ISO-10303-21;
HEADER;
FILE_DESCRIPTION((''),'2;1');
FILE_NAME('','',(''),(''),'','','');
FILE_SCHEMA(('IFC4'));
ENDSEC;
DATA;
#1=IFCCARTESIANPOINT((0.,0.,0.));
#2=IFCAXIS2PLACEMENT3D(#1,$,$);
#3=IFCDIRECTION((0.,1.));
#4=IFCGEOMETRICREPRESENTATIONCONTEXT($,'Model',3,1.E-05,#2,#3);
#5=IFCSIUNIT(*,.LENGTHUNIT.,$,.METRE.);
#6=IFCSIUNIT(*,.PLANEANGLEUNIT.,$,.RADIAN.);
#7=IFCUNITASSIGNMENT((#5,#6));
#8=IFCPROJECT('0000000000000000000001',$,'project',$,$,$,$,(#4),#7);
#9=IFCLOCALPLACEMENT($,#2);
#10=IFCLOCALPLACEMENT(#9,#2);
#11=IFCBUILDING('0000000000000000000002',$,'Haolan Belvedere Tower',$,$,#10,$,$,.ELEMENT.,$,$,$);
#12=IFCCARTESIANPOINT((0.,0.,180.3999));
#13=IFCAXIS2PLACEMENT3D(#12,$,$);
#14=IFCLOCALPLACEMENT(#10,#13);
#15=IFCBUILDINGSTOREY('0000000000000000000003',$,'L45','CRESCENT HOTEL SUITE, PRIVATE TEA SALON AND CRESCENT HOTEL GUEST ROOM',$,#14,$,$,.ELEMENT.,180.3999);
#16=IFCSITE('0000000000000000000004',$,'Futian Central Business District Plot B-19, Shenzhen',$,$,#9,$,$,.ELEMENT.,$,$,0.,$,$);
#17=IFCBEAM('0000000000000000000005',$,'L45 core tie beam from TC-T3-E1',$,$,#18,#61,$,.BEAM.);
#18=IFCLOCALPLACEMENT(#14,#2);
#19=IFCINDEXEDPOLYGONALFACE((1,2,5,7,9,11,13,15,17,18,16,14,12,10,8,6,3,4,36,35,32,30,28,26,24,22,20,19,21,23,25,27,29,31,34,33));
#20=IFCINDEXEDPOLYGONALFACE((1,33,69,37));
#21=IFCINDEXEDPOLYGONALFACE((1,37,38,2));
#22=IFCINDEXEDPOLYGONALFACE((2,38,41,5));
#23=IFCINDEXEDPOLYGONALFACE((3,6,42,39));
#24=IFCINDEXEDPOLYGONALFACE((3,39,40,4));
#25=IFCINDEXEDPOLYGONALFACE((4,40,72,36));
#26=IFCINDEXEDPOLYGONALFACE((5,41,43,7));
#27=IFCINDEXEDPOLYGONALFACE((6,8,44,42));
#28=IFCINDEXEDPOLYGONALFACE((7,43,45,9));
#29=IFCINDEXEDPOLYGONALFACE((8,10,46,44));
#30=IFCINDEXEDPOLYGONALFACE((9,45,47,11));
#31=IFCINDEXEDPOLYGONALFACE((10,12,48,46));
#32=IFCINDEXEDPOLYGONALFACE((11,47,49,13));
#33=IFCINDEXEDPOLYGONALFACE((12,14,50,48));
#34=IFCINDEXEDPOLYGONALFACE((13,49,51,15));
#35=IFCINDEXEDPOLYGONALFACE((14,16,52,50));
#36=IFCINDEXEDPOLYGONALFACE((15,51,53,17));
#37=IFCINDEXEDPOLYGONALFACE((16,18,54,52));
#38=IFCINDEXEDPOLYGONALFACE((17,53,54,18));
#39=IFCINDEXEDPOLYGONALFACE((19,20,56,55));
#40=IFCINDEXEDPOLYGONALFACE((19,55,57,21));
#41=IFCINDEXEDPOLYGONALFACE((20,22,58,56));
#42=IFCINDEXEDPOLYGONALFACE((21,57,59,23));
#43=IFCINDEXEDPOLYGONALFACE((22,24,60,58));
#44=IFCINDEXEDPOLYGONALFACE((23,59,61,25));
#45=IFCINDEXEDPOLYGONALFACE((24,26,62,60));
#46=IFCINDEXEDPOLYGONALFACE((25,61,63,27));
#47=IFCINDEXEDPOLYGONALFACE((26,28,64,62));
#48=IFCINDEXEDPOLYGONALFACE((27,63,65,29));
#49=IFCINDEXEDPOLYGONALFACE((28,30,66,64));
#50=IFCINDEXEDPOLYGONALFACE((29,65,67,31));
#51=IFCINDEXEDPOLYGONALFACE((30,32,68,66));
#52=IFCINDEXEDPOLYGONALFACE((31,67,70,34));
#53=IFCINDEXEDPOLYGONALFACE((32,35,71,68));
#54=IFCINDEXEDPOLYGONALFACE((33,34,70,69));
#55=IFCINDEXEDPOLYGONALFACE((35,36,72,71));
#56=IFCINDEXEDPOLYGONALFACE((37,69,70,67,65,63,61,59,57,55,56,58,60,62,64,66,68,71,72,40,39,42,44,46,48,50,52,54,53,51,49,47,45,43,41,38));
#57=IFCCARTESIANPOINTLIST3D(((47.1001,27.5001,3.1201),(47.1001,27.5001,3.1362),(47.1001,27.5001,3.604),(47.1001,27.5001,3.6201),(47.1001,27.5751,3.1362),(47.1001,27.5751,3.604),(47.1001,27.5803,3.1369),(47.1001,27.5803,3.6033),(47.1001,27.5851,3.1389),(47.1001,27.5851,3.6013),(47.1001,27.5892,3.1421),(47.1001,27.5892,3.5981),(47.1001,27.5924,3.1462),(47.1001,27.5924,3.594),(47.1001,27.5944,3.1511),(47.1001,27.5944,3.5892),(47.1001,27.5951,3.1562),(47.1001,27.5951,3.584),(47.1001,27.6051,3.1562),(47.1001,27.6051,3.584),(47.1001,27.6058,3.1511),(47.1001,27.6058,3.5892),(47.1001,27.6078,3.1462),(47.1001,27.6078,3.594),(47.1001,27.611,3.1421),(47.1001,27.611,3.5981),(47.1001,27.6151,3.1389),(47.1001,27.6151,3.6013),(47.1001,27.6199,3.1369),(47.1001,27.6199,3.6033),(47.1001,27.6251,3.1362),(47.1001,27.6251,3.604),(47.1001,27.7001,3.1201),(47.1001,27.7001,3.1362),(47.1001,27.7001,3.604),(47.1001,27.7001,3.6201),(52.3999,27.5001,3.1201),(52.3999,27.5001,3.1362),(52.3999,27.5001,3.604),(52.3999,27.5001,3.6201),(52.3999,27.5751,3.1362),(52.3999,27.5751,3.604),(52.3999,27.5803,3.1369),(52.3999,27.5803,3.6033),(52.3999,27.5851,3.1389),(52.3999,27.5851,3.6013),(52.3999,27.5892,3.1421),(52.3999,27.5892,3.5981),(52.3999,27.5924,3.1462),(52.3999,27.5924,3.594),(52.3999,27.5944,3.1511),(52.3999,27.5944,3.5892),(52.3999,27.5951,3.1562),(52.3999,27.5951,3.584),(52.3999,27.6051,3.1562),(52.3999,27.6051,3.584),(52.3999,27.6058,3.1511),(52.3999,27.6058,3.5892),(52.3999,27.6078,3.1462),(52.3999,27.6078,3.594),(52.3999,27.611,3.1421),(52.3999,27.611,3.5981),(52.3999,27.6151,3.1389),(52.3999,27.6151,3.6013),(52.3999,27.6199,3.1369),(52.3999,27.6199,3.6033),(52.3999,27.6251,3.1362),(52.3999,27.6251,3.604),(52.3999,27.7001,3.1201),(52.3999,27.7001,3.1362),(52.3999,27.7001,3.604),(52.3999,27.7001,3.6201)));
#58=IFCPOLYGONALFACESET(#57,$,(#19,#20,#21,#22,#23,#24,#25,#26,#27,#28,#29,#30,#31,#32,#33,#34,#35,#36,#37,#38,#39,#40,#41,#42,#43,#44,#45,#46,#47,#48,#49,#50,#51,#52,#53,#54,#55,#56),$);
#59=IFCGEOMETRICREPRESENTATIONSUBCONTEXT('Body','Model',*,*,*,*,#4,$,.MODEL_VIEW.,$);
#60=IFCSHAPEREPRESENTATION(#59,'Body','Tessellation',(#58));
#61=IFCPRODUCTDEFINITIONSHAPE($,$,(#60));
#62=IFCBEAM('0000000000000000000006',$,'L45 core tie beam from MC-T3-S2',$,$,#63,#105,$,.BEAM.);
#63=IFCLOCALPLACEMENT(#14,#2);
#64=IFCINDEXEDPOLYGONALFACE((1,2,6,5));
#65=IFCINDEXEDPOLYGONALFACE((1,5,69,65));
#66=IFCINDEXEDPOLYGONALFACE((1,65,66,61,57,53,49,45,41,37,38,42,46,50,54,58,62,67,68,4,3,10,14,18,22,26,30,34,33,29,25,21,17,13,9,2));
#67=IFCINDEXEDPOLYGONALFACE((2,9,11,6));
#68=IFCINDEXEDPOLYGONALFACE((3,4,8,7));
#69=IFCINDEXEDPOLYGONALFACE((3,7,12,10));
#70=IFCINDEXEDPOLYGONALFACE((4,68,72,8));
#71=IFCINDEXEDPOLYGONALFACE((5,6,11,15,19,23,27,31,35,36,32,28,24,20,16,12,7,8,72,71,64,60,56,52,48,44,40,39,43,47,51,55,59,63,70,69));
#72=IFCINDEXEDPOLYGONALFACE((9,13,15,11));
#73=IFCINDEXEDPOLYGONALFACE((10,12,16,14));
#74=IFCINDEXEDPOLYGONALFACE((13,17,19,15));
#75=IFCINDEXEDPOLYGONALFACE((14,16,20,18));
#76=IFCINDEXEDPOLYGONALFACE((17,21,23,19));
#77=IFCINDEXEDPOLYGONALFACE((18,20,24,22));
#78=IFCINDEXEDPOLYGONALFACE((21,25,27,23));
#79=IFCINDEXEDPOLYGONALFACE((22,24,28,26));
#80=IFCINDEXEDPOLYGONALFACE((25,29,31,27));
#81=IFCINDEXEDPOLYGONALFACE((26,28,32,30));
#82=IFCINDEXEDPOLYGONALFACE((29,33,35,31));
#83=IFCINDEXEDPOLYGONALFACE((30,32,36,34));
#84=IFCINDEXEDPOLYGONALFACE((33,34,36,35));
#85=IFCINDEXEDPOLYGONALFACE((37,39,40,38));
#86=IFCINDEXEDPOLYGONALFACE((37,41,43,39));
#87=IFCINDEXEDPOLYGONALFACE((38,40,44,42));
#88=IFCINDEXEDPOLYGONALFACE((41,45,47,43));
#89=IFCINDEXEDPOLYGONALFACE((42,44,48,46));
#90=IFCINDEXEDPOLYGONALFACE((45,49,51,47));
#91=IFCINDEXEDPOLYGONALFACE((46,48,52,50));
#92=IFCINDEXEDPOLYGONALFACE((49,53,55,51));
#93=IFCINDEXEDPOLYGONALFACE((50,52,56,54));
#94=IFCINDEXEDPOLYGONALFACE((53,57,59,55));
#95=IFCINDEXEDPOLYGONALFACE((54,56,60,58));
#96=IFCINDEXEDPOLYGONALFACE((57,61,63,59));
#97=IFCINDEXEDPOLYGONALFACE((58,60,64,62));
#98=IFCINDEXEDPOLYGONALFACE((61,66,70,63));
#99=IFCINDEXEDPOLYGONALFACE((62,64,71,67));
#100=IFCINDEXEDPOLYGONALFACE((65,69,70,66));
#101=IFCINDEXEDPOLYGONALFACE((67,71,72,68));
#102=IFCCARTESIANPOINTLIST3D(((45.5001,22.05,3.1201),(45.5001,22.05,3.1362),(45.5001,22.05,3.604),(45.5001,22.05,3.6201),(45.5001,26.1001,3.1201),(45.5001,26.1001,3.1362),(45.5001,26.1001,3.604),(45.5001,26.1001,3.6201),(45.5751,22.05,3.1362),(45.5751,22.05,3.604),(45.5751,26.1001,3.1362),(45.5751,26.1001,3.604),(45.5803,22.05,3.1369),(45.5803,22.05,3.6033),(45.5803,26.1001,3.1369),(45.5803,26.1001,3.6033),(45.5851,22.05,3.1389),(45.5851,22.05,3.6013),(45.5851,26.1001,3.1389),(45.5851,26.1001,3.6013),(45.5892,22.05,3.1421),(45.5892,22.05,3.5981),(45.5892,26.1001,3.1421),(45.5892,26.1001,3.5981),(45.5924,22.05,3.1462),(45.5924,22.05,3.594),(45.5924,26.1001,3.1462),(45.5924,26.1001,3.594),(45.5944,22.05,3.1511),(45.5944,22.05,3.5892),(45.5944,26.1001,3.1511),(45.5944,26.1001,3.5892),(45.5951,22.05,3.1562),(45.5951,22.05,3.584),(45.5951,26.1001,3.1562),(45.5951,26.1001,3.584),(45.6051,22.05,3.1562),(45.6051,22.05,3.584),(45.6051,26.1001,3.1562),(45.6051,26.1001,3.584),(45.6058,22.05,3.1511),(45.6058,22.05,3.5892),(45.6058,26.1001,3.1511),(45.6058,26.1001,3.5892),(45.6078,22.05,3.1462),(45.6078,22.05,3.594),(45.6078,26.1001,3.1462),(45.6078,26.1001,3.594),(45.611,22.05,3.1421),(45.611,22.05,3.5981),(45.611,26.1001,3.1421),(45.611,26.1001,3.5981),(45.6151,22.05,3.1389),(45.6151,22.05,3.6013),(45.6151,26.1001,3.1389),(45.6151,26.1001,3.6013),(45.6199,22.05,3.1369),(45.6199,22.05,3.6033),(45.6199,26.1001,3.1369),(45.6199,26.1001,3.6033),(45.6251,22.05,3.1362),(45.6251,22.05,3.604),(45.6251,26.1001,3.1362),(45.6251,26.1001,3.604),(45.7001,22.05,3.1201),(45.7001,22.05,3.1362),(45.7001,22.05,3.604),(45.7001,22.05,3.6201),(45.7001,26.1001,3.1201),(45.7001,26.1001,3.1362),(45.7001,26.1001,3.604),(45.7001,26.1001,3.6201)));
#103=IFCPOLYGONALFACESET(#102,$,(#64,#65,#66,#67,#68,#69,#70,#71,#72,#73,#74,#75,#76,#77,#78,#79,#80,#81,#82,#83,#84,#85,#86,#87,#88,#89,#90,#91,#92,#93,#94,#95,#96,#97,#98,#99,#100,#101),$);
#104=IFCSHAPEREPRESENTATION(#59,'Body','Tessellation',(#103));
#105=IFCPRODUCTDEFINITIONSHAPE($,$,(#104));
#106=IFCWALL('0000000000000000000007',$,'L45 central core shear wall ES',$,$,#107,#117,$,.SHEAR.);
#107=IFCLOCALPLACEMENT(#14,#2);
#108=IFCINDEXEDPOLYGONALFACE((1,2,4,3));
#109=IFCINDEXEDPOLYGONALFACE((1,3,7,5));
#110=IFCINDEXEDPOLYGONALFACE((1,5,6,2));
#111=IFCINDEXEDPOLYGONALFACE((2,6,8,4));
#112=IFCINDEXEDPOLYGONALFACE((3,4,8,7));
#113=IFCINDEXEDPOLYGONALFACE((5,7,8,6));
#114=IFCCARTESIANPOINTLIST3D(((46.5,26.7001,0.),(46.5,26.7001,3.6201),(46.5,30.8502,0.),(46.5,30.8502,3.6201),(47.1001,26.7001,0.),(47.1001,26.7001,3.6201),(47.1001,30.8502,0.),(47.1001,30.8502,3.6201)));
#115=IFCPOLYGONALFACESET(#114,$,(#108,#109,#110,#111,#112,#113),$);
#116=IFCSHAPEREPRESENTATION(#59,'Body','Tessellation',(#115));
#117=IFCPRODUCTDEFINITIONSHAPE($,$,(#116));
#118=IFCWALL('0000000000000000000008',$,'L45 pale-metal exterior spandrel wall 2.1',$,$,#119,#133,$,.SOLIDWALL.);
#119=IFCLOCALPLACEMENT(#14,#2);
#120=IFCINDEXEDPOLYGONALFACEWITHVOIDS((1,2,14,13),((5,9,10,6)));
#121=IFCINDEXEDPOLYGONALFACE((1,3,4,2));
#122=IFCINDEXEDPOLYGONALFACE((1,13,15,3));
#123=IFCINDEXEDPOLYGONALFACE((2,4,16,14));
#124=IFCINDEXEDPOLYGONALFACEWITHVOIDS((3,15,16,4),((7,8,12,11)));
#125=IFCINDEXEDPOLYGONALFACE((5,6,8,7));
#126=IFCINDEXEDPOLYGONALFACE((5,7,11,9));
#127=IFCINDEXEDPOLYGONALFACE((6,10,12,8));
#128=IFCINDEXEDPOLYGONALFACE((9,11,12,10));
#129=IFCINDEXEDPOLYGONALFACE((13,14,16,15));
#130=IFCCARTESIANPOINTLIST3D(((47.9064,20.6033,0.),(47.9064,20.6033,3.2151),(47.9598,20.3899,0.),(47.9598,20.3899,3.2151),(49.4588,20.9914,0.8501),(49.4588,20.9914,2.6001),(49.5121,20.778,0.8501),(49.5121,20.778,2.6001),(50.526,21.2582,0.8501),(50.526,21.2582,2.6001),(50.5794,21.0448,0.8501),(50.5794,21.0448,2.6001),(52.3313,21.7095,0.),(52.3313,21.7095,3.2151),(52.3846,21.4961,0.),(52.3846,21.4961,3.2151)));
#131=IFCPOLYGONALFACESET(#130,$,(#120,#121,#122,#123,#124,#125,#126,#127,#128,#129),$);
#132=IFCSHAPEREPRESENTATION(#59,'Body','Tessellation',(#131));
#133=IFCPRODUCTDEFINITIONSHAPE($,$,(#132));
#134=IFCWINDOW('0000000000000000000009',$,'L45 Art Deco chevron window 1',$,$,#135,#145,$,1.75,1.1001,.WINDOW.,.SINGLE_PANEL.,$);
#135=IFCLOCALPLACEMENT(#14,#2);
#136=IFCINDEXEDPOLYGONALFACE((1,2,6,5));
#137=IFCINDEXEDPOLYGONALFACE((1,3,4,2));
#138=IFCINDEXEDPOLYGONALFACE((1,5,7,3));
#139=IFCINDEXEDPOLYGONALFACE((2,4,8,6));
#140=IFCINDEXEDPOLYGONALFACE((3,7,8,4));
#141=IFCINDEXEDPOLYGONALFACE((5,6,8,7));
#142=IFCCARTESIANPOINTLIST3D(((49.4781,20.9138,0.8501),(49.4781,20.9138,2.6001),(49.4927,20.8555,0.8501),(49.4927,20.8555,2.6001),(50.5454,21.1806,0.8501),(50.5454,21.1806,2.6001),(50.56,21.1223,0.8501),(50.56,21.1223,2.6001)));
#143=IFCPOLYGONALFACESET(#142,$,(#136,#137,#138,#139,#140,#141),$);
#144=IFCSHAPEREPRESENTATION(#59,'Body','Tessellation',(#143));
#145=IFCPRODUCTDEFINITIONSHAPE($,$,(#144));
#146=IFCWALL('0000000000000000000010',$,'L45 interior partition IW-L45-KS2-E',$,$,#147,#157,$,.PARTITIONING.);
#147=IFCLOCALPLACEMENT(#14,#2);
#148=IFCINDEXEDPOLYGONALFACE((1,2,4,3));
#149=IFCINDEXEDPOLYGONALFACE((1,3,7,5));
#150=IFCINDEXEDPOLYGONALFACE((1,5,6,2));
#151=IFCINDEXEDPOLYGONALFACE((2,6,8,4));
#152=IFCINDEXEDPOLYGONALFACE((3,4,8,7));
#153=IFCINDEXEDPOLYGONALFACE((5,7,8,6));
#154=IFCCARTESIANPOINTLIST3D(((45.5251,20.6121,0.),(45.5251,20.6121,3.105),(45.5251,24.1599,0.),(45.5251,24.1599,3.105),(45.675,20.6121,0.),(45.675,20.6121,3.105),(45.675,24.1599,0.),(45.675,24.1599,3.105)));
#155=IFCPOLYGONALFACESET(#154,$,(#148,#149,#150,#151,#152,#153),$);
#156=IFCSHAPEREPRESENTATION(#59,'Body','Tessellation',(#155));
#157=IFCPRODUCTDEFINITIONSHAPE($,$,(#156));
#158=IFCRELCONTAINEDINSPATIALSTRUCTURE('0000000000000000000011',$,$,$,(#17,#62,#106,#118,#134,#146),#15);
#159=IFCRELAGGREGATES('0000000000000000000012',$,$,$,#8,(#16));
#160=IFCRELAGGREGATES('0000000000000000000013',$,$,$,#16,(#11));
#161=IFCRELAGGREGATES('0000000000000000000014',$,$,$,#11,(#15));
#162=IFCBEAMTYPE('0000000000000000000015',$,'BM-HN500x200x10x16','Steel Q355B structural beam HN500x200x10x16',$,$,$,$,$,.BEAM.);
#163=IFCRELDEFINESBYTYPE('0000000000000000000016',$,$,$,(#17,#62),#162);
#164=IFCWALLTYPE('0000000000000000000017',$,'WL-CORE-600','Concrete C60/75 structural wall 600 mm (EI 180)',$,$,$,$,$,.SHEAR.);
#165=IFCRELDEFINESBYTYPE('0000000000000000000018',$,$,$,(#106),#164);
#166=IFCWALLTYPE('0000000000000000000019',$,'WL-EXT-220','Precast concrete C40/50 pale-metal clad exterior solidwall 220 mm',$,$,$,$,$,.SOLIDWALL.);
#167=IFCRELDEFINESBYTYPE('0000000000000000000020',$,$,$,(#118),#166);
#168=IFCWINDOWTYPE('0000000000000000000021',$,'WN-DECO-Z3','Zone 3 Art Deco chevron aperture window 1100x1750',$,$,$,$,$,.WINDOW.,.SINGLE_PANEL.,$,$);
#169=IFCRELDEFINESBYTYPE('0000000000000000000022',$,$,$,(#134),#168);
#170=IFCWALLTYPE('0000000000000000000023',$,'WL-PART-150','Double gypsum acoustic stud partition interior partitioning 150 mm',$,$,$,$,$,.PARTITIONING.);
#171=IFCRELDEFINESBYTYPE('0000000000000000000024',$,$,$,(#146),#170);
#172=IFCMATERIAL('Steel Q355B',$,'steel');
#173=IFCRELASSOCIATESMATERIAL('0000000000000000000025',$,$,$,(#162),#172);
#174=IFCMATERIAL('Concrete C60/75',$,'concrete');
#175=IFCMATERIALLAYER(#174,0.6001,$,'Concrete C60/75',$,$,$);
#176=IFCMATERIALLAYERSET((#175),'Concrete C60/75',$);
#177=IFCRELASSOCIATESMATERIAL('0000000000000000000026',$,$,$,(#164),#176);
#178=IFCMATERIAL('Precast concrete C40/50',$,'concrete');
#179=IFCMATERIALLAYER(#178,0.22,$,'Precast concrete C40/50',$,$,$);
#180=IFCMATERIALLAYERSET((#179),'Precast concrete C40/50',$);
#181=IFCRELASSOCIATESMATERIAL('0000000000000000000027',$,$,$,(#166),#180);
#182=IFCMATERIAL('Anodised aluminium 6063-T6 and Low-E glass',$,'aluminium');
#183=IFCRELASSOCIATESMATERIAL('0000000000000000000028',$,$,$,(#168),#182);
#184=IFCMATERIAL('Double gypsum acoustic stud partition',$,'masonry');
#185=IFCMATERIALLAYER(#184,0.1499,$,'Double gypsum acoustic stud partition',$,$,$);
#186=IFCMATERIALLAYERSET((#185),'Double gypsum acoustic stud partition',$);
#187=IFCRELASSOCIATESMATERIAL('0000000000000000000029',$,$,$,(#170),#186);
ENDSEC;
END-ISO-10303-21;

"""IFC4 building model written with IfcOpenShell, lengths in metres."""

from ifc_helpers import new_model, si_unit, direction, frame, frame_2d, origin, origin_2d, place, context, subcontext, project, spatial, rectangle, i_section, extrude, material, layer, layer_set, material_profile, profile_set, type_object, element, fill, save


model = new_model("IFC4")

# Units and contexts
model_context = context("Model", 3, precision=1e-05, world=origin(), true_north=direction((0.0, 1.0)))
body_context = subcontext(model_context, "Body", "Model", "MODEL_VIEW")
ifc_project = project(units=[si_unit("LENGTHUNIT", "METRE"), si_unit("PLANEANGLEUNIT", "RADIAN")], contexts=[model_context])

# Site, building, storey
site_placement = place(None, origin())
site = spatial("IfcSite", under=ifc_project, at=site_placement, Name="Futian Central Business District Plot B-19, Shenzhen", CompositionType="ELEMENT", RefElevation=0.0)
building_placement = place(site_placement, origin())
building = spatial("IfcBuilding", under=site, at=building_placement, Name="Haolan Belvedere Tower", CompositionType="ELEMENT")
storey_placement = place(building_placement, frame((0.0, 0.0, 180.3999)))
storey = spatial("IfcBuildingStorey", under=building, at=storey_placement, Name="L45", Description="CRESCENT HOTEL SUITE, PRIVATE TEA SALON AND CRESCENT HOTEL GUEST ROOM", CompositionType="ELEMENT", Elevation=180.3999)

# Beams
ifc_material_1 = material(Name="Steel Q355B", Category="steel")
ifc_material_profile_1 = material_profile(ifc_material_1, i_section(OverallWidth=0.2, OverallDepth=0.5, WebThickness=0.01, FlangeThickness=0.0161, FilletRadius=0.02, at=origin_2d()), Name="Steel Q355B")
ifc_profile_set_1 = profile_set([ifc_material_profile_1], Name="Steel Q355B")
beam_type_1 = type_object("IfcBeamType", Name="BM-HN500x200x10x16", Description="Steel Q355B structural beam HN500x200x10x16", PredefinedType="BEAM", material=ifc_profile_set_1)
beam_1_placement = place(storey_placement, frame((52.3999, 27.6001, 3.3701), z_axis=(-1.0, 0.0, 0.0), x_axis=(0.0, -1.0, 0.0)))
element("IfcBeam", 1, at=beam_1_placement, inside=storey, type_object=beam_type_1, Name="L45 core tie beam from TC-T3-E1", PredefinedType="BEAM", context=body_context, shape_type="SweptSolid", body=[
    extrude(i_section(OverallWidth=0.2, OverallDepth=0.5, WebThickness=0.01, FlangeThickness=0.0161, FilletRadius=0.02, at=origin_2d()), origin(), (0.0, 0.0, 1.0), 5.2998),
])
beam_2_placement = place(storey_placement, frame((45.6001, 22.05, 3.3701), z_axis=(0.0, 1.0, 0.0), x_axis=(-1.0, 0.0, 0.0)))
element("IfcBeam", 2, at=beam_2_placement, inside=storey, type_object=beam_type_1, Name="L45 core tie beam from MC-T3-S2", PredefinedType="BEAM", context=body_context, shape_type="SweptSolid", body=[
    extrude(i_section(OverallWidth=0.2, OverallDepth=0.5, WebThickness=0.01, FlangeThickness=0.0161, FilletRadius=0.02, at=origin_2d()), origin(), (0.0, 0.0, 1.0), 4.05),
])

# Wall
ifc_material_2 = material(Name="Concrete C60/75", Category="concrete")
ifc_layer_1 = layer(ifc_material_2, 0.6001, Name="Concrete C60/75")
ifc_layer_set_1 = layer_set([ifc_layer_1], Name="Concrete C60/75")
wall_type_1 = type_object("IfcWallType", Name="WL-CORE-600", Description="Concrete C60/75 structural wall 600 mm (EI 180)", PredefinedType="SHEAR", material=ifc_layer_set_1)
wall_1_placement = place(storey_placement, frame((46.8, 26.7, 0.0), z_axis=(0.0, 0.0, 1.0), x_axis=(0.0, 1.0, 0.0)))
element("IfcWall", 3, at=wall_1_placement, inside=storey, type_object=wall_type_1, Name="L45 central core shear wall ES", PredefinedType="SHEAR", context=body_context, shape_type="SweptSolid", body=[
    extrude(rectangle(XDim=4.1501, YDim=0.6001, at=frame_2d((2.0752, 0.0))), origin(), (0.0, 0.0, 1.0), 3.6201),
])

# Wall, opening, window
ifc_material_3 = material(Name="Precast concrete C40/50", Category="concrete")
ifc_layer_2 = layer(ifc_material_3, 0.22, Name="Precast concrete C40/50")
ifc_layer_set_2 = layer_set([ifc_layer_2], Name="Precast concrete C40/50")
wall_type_2 = type_object("IfcWallType", Name="WL-EXT-220", Description="Precast concrete C40/50 pale-metal clad exterior solidwall 220 mm", PredefinedType="SOLIDWALL", material=ifc_layer_set_2)
wall_2_placement = place(storey_placement, frame((47.9331, 20.4966, 0.0), z_axis=(0.0, 0.0, 1.0), x_axis=(0.970143, 0.242536, 0.0)))
wall_2 = element("IfcWall", 4, at=wall_2_placement, inside=storey, type_object=wall_type_2, Name="L45 pale-metal exterior spandrel wall 2.1", PredefinedType="SOLIDWALL", context=body_context, shape_type="SweptSolid", body=[
    extrude(rectangle(XDim=4.561, YDim=0.22, at=frame_2d((2.2805, 0.0))), origin(), (0.0, 0.0, 1.0), 3.2151),
])
opening_1_placement = place(wall_2_placement, frame((1.6001, 0.0, 0.8501)))
opening_1 = element("IfcOpeningElement", 5, at=opening_1_placement, cuts=wall_2, PredefinedType="OPENING", context=body_context, shape_type="SweptSolid", body=[
    extrude(rectangle(XDim=1.1001, YDim=1.75, at=frame_2d((0.55, 0.875))), frame((0.0, 0.1199, 0.0), z_axis=(0.0, -1.0, 0.0), x_axis=(1.0, 0.0, 0.0)), (0.0, 0.0, 1.0), 0.24),
])
ifc_material_4 = material(Name="Anodised aluminium 6063-T6 and Low-E glass", Category="aluminium")
window_type = type_object("IfcWindowType", Name="WN-DECO-Z3", Description="Zone 3 Art Deco chevron aperture window 1100x1750", PartitioningType="SINGLE_PANEL", PredefinedType="WINDOW", material=ifc_material_4)
window_placement = place(opening_1_placement, origin())
window = element("IfcWindow", 6, at=window_placement, inside=storey, type_object=window_type, Name="L45 Art Deco chevron window 1", OverallHeight=1.75, OverallWidth=1.1001, PartitioningType="SINGLE_PANEL", PredefinedType="WINDOW", context=body_context, shape_type="SweptSolid", body=[
    extrude(rectangle(XDim=1.1001, YDim=1.75, at=frame_2d((0.55, 0.875))), frame((0.0, 0.03, 0.0), z_axis=(0.0, -1.0, 0.0), x_axis=(1.0, 0.0, 0.0)), (0.0, 0.0, 1.0), 0.0601),
])
fill(opening_1, window)

# Wall
ifc_material_5 = material(Name="Double gypsum acoustic stud partition", Category="masonry")
ifc_layer_3 = layer(ifc_material_5, 0.1499, Name="Double gypsum acoustic stud partition")
ifc_layer_set_3 = layer_set([ifc_layer_3], Name="Double gypsum acoustic stud partition")
wall_type_3 = type_object("IfcWallType", Name="WL-PART-150", Description="Double gypsum acoustic stud partition interior partitioning 150 mm", PredefinedType="PARTITIONING", material=ifc_layer_set_3)
wall_3_placement = place(storey_placement, frame((45.6001, 20.6121, 0.0), z_axis=(0.0, 0.0, 1.0), x_axis=(0.0, 1.0, 0.0)))
element("IfcWall", 7, at=wall_3_placement, inside=storey, type_object=wall_type_3, Name="L45 interior partition IW-L45-KS2-E", PredefinedType="PARTITIONING", context=body_context, shape_type="SweptSolid", body=[
    extrude(rectangle(XDim=3.5479, YDim=0.1499, at=frame_2d((1.7739, 0.0))), origin(), (0.0, 0.0, 1.0), 3.105),
])

save(model, "model.ifc")
